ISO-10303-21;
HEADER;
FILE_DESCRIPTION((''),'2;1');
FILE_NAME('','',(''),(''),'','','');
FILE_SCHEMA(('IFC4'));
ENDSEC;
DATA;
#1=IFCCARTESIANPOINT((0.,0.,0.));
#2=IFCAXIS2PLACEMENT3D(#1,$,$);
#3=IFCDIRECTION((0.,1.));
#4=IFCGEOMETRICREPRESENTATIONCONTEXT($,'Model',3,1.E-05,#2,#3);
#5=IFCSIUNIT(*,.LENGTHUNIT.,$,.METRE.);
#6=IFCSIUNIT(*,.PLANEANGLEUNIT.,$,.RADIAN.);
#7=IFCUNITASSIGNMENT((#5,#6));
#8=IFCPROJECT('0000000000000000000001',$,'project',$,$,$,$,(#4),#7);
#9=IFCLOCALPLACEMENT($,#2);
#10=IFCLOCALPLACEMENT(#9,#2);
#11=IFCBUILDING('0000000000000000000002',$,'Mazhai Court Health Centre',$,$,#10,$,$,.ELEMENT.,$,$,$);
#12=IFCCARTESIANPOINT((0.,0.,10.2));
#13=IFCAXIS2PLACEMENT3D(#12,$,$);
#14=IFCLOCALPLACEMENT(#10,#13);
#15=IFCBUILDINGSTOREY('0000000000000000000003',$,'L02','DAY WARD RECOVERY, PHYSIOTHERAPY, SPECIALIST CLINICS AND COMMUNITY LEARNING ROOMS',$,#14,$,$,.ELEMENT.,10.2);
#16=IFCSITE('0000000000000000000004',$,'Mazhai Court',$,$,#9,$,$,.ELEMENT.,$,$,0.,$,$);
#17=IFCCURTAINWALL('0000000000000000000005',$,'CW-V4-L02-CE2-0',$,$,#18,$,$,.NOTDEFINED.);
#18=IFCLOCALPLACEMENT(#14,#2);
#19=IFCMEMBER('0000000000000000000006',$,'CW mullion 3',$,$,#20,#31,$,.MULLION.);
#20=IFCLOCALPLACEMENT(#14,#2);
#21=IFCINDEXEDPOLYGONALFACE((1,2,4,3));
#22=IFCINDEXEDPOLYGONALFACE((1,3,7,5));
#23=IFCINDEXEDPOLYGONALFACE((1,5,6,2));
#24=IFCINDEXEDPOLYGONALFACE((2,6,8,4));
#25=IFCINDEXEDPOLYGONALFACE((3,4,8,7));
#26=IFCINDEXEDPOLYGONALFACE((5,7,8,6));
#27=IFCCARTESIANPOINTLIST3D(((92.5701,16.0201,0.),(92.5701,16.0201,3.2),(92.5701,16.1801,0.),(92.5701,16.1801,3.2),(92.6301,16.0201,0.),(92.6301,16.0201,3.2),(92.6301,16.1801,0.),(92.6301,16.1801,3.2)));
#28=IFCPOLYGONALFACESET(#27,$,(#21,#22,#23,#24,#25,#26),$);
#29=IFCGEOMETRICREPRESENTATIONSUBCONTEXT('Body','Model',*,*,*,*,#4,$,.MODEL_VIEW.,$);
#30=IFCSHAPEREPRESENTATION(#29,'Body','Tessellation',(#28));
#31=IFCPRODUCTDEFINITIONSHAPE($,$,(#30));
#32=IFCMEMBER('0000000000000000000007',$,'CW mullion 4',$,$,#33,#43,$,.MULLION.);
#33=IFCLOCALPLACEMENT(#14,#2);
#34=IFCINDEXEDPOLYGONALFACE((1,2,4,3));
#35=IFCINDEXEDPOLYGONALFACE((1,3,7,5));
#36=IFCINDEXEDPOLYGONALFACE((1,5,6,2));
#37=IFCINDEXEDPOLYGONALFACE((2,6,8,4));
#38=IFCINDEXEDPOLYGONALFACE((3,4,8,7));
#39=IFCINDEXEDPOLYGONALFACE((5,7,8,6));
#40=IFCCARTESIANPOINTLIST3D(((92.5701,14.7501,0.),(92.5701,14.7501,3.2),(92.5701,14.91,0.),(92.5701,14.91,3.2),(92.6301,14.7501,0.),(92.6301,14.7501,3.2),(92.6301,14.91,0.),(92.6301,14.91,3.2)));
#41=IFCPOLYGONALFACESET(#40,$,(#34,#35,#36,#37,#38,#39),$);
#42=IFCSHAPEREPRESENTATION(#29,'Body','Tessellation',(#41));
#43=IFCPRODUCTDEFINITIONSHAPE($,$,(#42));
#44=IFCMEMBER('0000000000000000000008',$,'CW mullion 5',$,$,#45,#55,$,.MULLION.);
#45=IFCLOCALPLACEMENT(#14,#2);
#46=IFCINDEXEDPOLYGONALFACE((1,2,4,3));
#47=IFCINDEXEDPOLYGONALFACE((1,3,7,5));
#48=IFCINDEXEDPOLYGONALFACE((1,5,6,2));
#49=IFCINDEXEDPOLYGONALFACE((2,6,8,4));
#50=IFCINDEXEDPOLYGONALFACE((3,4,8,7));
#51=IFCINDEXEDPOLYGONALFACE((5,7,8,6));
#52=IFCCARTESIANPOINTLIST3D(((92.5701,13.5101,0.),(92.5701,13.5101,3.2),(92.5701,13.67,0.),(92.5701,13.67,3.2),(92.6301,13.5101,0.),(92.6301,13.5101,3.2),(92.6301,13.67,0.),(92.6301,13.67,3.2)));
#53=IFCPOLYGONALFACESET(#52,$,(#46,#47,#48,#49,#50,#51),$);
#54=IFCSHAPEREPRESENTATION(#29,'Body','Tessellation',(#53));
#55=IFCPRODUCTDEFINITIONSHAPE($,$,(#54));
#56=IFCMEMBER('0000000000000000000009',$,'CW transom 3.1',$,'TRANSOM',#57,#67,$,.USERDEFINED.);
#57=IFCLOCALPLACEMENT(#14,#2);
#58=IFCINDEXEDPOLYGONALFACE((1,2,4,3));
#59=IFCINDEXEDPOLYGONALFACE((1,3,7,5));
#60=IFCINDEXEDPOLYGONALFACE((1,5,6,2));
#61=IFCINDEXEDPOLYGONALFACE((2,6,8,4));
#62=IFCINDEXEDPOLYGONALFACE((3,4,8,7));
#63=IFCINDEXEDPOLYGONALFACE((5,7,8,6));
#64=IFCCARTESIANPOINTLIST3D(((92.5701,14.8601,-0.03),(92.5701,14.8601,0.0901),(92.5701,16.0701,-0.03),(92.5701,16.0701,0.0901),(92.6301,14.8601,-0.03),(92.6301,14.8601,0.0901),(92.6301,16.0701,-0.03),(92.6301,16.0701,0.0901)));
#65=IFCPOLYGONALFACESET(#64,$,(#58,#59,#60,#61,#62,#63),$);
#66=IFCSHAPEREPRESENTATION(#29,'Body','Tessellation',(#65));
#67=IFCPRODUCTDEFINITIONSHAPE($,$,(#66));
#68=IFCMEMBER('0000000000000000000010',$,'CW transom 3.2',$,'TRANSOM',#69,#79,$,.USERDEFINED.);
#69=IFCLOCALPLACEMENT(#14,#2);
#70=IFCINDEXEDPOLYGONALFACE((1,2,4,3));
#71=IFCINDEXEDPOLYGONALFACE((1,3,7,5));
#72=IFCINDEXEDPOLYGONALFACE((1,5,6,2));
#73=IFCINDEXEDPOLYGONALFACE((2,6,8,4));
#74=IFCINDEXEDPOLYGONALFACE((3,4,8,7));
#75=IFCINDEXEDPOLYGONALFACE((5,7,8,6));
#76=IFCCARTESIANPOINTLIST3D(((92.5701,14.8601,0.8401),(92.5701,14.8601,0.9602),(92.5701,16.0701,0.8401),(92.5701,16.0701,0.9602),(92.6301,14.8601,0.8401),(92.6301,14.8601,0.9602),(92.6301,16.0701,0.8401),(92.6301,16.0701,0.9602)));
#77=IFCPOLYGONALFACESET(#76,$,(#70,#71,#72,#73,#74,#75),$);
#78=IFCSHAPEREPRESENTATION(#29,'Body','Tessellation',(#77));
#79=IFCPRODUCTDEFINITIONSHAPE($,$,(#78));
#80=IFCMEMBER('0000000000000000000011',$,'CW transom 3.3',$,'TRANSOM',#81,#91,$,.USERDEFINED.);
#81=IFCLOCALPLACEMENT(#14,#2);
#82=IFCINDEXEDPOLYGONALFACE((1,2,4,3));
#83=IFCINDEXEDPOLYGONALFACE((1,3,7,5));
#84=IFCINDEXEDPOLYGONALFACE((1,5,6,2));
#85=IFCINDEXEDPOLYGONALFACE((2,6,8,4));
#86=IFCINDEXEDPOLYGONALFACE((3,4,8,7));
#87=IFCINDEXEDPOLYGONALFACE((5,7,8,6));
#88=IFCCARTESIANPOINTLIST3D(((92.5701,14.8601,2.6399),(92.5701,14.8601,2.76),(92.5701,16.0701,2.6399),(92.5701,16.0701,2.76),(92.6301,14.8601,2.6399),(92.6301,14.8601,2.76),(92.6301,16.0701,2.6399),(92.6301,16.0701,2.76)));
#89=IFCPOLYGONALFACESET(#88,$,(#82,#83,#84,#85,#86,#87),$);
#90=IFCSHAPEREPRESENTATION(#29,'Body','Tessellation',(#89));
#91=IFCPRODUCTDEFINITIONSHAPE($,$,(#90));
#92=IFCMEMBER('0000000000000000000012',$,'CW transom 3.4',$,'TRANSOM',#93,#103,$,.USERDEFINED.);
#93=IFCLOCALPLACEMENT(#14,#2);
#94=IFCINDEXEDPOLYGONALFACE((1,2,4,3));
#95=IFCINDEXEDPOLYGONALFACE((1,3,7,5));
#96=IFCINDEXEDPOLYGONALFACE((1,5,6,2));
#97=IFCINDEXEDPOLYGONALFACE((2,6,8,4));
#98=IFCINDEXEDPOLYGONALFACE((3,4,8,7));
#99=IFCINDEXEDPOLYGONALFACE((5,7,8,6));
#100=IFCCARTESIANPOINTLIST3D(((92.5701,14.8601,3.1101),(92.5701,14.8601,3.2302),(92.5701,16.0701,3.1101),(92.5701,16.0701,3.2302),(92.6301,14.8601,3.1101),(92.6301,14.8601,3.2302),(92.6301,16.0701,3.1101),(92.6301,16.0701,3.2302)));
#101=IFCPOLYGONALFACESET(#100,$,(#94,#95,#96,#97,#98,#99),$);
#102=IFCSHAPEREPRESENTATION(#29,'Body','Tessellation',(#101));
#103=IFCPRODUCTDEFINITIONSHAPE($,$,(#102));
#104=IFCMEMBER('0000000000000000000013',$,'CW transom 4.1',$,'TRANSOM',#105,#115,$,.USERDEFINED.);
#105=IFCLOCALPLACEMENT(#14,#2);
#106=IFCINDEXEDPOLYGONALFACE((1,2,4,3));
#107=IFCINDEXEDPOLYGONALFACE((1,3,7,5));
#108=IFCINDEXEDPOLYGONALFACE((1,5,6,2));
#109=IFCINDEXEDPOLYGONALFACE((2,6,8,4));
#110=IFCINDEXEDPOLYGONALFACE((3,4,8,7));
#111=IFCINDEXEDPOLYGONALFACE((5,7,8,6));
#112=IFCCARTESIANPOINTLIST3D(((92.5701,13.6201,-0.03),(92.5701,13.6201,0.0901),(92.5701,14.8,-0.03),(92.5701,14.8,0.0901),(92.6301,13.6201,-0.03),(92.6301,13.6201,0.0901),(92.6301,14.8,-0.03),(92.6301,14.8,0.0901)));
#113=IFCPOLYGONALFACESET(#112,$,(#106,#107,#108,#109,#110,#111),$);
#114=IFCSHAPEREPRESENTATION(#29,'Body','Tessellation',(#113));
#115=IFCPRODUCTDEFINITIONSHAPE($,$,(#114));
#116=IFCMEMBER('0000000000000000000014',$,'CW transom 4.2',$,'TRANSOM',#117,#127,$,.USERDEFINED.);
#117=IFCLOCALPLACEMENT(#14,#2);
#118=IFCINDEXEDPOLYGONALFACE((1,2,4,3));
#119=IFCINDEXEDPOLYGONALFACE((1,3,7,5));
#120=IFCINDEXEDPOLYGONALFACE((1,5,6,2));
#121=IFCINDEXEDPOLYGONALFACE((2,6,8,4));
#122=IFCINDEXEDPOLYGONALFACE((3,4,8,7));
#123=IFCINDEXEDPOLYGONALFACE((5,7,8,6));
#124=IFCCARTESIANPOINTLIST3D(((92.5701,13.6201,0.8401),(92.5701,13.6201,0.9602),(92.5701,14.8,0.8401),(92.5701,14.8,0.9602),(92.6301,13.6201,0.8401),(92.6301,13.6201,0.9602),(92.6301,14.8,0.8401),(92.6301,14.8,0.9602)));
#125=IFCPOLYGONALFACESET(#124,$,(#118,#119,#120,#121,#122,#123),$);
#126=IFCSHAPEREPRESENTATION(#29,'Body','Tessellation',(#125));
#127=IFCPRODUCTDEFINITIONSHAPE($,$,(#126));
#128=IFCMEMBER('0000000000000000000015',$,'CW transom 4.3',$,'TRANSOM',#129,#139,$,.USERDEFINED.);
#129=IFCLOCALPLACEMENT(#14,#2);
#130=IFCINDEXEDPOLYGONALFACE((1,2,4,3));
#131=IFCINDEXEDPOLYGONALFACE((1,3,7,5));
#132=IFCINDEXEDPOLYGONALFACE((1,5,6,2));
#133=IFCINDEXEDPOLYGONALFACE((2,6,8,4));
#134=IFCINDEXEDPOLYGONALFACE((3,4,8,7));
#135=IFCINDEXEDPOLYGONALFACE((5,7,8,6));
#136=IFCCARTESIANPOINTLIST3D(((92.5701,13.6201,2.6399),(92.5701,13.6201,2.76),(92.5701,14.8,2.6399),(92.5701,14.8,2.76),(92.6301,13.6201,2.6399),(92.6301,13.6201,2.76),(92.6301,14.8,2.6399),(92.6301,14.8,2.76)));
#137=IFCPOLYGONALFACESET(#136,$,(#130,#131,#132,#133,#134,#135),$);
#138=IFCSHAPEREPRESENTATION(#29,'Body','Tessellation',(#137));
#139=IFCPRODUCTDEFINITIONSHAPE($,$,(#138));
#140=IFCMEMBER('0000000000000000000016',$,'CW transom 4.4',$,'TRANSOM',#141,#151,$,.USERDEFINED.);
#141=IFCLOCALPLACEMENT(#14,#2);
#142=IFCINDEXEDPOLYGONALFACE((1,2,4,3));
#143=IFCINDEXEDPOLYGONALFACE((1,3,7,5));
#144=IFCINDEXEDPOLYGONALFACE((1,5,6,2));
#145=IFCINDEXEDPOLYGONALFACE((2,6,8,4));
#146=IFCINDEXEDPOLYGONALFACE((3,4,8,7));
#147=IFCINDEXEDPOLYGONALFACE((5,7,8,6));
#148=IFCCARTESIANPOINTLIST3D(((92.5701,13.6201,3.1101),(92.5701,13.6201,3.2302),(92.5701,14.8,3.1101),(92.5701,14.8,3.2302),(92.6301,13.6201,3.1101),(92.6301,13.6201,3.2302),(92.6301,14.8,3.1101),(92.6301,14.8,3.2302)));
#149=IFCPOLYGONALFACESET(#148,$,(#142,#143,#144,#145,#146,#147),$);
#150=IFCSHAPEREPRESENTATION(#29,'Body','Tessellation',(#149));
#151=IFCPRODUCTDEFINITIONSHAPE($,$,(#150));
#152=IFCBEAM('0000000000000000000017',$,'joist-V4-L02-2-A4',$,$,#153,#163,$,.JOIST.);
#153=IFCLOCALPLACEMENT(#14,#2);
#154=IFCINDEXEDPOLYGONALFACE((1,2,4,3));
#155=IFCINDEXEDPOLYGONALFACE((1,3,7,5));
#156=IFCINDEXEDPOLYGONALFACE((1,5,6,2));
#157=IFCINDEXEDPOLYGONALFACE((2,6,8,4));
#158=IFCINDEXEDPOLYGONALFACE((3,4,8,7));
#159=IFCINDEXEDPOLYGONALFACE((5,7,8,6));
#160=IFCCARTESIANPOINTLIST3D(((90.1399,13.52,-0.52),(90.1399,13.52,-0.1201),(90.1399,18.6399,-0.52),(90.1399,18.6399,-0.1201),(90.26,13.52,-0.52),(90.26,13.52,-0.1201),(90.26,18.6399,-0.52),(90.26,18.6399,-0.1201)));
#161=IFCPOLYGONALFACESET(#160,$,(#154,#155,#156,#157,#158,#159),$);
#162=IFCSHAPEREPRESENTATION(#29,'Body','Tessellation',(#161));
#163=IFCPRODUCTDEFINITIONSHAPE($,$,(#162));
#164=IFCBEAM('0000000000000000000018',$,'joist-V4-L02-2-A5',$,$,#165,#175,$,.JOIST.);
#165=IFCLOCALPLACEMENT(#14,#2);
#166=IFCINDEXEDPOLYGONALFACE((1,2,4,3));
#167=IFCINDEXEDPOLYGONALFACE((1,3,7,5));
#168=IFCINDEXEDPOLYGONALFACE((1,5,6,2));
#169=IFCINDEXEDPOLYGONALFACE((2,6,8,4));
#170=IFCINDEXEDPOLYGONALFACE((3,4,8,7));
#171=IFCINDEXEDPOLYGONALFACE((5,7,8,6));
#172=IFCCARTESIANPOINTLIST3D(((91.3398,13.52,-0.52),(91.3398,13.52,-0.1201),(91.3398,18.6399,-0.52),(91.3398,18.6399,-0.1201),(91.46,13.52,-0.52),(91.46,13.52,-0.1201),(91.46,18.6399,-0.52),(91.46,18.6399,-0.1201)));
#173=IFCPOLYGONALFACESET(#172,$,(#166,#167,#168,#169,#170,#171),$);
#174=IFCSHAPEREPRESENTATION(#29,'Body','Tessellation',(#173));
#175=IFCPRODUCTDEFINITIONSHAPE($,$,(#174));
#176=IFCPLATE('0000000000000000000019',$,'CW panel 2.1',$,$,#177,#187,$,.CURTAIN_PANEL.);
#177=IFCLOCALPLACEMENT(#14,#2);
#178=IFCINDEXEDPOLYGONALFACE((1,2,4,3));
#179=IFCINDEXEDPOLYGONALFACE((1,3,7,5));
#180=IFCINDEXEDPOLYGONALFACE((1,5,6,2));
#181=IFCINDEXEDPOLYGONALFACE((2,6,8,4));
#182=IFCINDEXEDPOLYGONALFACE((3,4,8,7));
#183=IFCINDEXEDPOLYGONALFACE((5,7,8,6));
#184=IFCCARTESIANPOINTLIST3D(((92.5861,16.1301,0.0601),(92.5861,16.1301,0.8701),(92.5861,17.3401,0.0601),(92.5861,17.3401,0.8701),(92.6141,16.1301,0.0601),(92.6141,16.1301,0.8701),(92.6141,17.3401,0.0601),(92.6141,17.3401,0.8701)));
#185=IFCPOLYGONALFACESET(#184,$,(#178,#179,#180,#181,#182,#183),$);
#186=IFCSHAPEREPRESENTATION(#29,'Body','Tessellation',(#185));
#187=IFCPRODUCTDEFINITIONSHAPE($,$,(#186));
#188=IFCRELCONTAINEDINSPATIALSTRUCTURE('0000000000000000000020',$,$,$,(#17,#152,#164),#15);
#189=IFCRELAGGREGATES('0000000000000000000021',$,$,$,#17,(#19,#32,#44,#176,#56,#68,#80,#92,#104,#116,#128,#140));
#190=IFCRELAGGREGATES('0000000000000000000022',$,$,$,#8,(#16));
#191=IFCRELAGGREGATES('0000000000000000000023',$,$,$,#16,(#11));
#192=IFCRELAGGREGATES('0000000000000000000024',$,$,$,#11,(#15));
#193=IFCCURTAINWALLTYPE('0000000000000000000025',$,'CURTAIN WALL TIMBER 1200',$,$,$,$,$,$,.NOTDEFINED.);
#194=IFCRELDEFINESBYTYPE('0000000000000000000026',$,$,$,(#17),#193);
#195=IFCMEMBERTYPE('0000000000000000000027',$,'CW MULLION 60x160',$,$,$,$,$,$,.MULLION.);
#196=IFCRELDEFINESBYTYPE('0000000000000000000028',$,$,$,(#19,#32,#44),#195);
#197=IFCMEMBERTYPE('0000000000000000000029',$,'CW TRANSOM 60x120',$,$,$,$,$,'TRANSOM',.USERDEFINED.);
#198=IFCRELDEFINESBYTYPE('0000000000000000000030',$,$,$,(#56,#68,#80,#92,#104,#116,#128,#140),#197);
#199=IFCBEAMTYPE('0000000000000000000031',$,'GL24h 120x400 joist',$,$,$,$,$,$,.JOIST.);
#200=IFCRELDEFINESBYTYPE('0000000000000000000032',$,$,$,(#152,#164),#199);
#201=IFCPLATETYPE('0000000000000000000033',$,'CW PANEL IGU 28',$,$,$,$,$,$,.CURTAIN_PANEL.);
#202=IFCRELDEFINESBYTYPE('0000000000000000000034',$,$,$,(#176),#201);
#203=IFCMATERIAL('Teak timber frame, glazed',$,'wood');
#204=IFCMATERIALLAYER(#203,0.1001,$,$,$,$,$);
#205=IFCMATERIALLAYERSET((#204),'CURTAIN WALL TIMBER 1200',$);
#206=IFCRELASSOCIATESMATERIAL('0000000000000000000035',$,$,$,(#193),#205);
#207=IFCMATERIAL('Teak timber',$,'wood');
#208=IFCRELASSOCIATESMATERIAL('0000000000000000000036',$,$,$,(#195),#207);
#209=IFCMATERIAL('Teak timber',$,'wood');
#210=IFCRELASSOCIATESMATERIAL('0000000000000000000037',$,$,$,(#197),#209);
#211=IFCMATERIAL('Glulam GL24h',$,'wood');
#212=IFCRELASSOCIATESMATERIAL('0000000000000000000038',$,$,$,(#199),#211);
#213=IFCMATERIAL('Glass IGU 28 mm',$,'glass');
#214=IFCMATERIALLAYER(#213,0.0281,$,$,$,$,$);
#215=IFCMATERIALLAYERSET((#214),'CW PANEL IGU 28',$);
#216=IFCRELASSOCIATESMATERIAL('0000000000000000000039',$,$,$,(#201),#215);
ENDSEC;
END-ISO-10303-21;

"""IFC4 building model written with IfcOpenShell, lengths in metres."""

from ifc_helpers import new_model, si_unit, direction, frame, origin, origin_2d, place, context, subcontext, project, spatial, rectangle, extrude, material, layer, layer_set, material_profile, profile_set, type_object, element, aggregate, save


model = new_model("IFC4")

# Units and contexts
model_context = context("Model", 3, precision=1e-05, world=origin(), true_north=direction((0.0, 1.0)))
body_context = subcontext(model_context, "Body", "Model", "MODEL_VIEW")
ifc_project = project(units=[si_unit("LENGTHUNIT", "METRE"), si_unit("PLANEANGLEUNIT", "RADIAN")], contexts=[model_context])

# Site, building, storey
site_placement = place(None, origin())
site = spatial("IfcSite", under=ifc_project, at=site_placement, Name="Mazhai Court", CompositionType="ELEMENT", RefElevation=0.0)
building_placement = place(site_placement, origin())
building = spatial("IfcBuilding", under=site, at=building_placement, Name="Mazhai Court Health Centre", CompositionType="ELEMENT")
storey_placement = place(building_placement, frame((0.0, 0.0, 10.2)))
storey = spatial("IfcBuildingStorey", under=building, at=storey_placement, Name="L02", Description="DAY WARD RECOVERY, PHYSIOTHERAPY, SPECIALIST CLINICS AND COMMUNITY LEARNING ROOMS", CompositionType="ELEMENT", Elevation=10.2)

# Curtain wall, members
ifc_material_1 = material(Name="Teak timber frame, glazed", Category="wood")
ifc_layer_1 = layer(ifc_material_1, 0.1001)
ifc_layer_set_1 = layer_set([ifc_layer_1], Name="CURTAIN WALL TIMBER 1200")
curtain_wall_type = type_object("IfcCurtainWallType", Name="CURTAIN WALL TIMBER 1200", PredefinedType="NOTDEFINED", material=ifc_layer_set_1)
curtain_wall_placement = place(storey_placement, origin())
curtain_wall = element("IfcCurtainWall", 1, at=curtain_wall_placement, inside=storey, type_object=curtain_wall_type, Name="CW-V4-L02-CE2-0", PredefinedType="NOTDEFINED")
ifc_material_2 = material(Name="Teak timber", Category="wood")
ifc_material_profile_1 = material_profile(ifc_material_2, rectangle(XDim=0.0601, YDim=0.1599, at=origin_2d()), Name="CW MULLION 60x160")
ifc_profile_set_1 = profile_set([ifc_material_profile_1], Name="Teak timber")
member_type_1 = type_object("IfcMemberType", Name="CW MULLION 60x160", PredefinedType="MULLION", material=ifc_profile_set_1)
member_1_placement = place(storey_placement, frame((92.6001, 16.1001, 0.0), z_axis=(0.0, 0.0, 1.0), x_axis=(1.0, 0.0, 0.0)))
member_1 = element("IfcMember", 2, at=member_1_placement, type_object=member_type_1, Name="CW mullion 3", PredefinedType="MULLION", context=body_context, shape_type="SweptSolid", body=[
    extrude(rectangle(XDim=0.0601, YDim=0.1599, at=origin_2d()), origin(), (0.0, 0.0, 1.0), 3.2),
])
member_2_placement = place(storey_placement, frame((92.6001, 14.8301, 0.0), z_axis=(0.0, 0.0, 1.0), x_axis=(1.0, 0.0, 0.0)))
member_2 = element("IfcMember", 3, at=member_2_placement, type_object=member_type_1, Name="CW mullion 4", PredefinedType="MULLION", context=body_context, shape_type="SweptSolid", body=[
    extrude(rectangle(XDim=0.0601, YDim=0.1599, at=origin_2d()), origin(), (0.0, 0.0, 1.0), 3.2),
])
member_3_placement = place(storey_placement, frame((92.6001, 13.5901, 0.0), z_axis=(0.0, 0.0, 1.0), x_axis=(1.0, 0.0, 0.0)))
member_3 = element("IfcMember", 4, at=member_3_placement, type_object=member_type_1, Name="CW mullion 5", PredefinedType="MULLION", context=body_context, shape_type="SweptSolid", body=[
    extrude(rectangle(XDim=0.0601, YDim=0.1599, at=origin_2d()), origin(), (0.0, 0.0, 1.0), 3.2),
])
ifc_material_3 = material(Name="Teak timber", Category="wood")
ifc_material_profile_2 = material_profile(ifc_material_3, rectangle(XDim=0.0601, YDim=0.1201, at=origin_2d()), Name="CW TRANSOM 60x120")
ifc_profile_set_2 = profile_set([ifc_material_profile_2], Name="Teak timber")
member_type_2 = type_object("IfcMemberType", Name="CW TRANSOM 60x120", ElementType="TRANSOM", PredefinedType="USERDEFINED", material=ifc_profile_set_2)
member_4_placement = place(storey_placement, frame((92.6001, 16.0701, 0.03), z_axis=(0.0, -1.0, 0.0), x_axis=(1.0, 0.0, 0.0)))
member_4 = element("IfcMember", 5, at=member_4_placement, type_object=member_type_2, Name="CW transom 3.1", ObjectType="TRANSOM", PredefinedType="USERDEFINED", context=body_context, shape_type="SweptSolid", body=[
    extrude(rectangle(XDim=0.0601, YDim=0.1201, at=origin_2d()), origin(), (0.0, 0.0, 1.0), 1.21),
])
member_5_placement = place(storey_placement, frame((92.6001, 16.0701, 0.9001), z_axis=(0.0, -1.0, 0.0), x_axis=(1.0, 0.0, 0.0)))
member_5 = element("IfcMember", 6, at=member_5_placement, type_object=member_type_2, Name="CW transom 3.2", ObjectType="TRANSOM", PredefinedType="USERDEFINED", context=body_context, shape_type="SweptSolid", body=[
    extrude(rectangle(XDim=0.0601, YDim=0.1201, at=origin_2d()), origin(), (0.0, 0.0, 1.0), 1.21),
])
member_6_placement = place(storey_placement, frame((92.6001, 16.0701, 2.7), z_axis=(0.0, -1.0, 0.0), x_axis=(1.0, 0.0, 0.0)))
member_6 = element("IfcMember", 7, at=member_6_placement, type_object=member_type_2, Name="CW transom 3.3", ObjectType="TRANSOM", PredefinedType="USERDEFINED", context=body_context, shape_type="SweptSolid", body=[
    extrude(rectangle(XDim=0.0601, YDim=0.1201, at=origin_2d()), origin(), (0.0, 0.0, 1.0), 1.21),
])
member_7_placement = place(storey_placement, frame((92.6001, 16.0701, 3.1702), z_axis=(0.0, -1.0, 0.0), x_axis=(1.0, 0.0, 0.0)))
member_7 = element("IfcMember", 8, at=member_7_placement, type_object=member_type_2, Name="CW transom 3.4", ObjectType="TRANSOM", PredefinedType="USERDEFINED", context=body_context, shape_type="SweptSolid", body=[
    extrude(rectangle(XDim=0.0601, YDim=0.1201, at=origin_2d()), origin(), (0.0, 0.0, 1.0), 1.21),
])
member_8_placement = place(storey_placement, frame((92.6001, 14.8, 0.03), z_axis=(0.0, -1.0, 0.0), x_axis=(1.0, 0.0, 0.0)))
member_8 = element("IfcMember", 9, at=member_8_placement, type_object=member_type_2, Name="CW transom 4.1", ObjectType="TRANSOM", PredefinedType="USERDEFINED", context=body_context, shape_type="SweptSolid", body=[
    extrude(rectangle(XDim=0.0601, YDim=0.1201, at=origin_2d()), origin(), (0.0, 0.0, 1.0), 1.1799),
])
member_9_placement = place(storey_placement, frame((92.6001, 14.8, 0.9001), z_axis=(0.0, -1.0, 0.0), x_axis=(1.0, 0.0, 0.0)))
member_9 = element("IfcMember", 10, at=member_9_placement, type_object=member_type_2, Name="CW transom 4.2", ObjectType="TRANSOM", PredefinedType="USERDEFINED", context=body_context, shape_type="SweptSolid", body=[
    extrude(rectangle(XDim=0.0601, YDim=0.1201, at=origin_2d()), origin(), (0.0, 0.0, 1.0), 1.1799),
])
member_10_placement = place(storey_placement, frame((92.6001, 14.8, 2.7), z_axis=(0.0, -1.0, 0.0), x_axis=(1.0, 0.0, 0.0)))
member_10 = element("IfcMember", 11, at=member_10_placement, type_object=member_type_2, Name="CW transom 4.3", ObjectType="TRANSOM", PredefinedType="USERDEFINED", context=body_context, shape_type="SweptSolid", body=[
    extrude(rectangle(XDim=0.0601, YDim=0.1201, at=origin_2d()), origin(), (0.0, 0.0, 1.0), 1.1799),
])
member_11_placement = place(storey_placement, frame((92.6001, 14.8, 3.1702), z_axis=(0.0, -1.0, 0.0), x_axis=(1.0, 0.0, 0.0)))
member_11 = element("IfcMember", 12, at=member_11_placement, type_object=member_type_2, Name="CW transom 4.4", ObjectType="TRANSOM", PredefinedType="USERDEFINED", context=body_context, shape_type="SweptSolid", body=[
    extrude(rectangle(XDim=0.0601, YDim=0.1201, at=origin_2d()), origin(), (0.0, 0.0, 1.0), 1.1799),
])

# Beams
ifc_material_4 = material(Name="Glulam GL24h", Category="wood")
ifc_material_profile_3 = material_profile(ifc_material_4, rectangle(XDim=0.1201, YDim=0.3999, at=origin_2d()), Name="GL24h 120x400")
ifc_profile_set_3 = profile_set([ifc_material_profile_3], Name="Glulam GL24h")
beam_type = type_object("IfcBeamType", Name="GL24h 120x400 joist", PredefinedType="JOIST", material=ifc_profile_set_3)
for number, where, z_axis, x_axis, name in (
    (13, (90.2, 13.52, -0.3201), (0.0, 1.0, 0.0), (-1.0, 0.0, 0.0), "joist-V4-L02-2-A4"),
    (14, (91.3999, 13.52, -0.3201), (0.0, 1.0, 0.0), (-1.0, 0.0, 0.0), "joist-V4-L02-2-A5"),
):
    element("IfcBeam", number, at=place(storey_placement, frame(where, z_axis=z_axis, x_axis=x_axis)), inside=storey, type_object=beam_type, Name=name, PredefinedType="JOIST", context=body_context, shape_type="SweptSolid", body=[
        extrude(rectangle(XDim=0.1201, YDim=0.3999, at=origin_2d()), origin(), (0.0, 0.0, 1.0), 5.1199),
    ])

# Plate
ifc_material_5 = material(Name="Glass IGU 28 mm", Category="glass")
ifc_layer_2 = layer(ifc_material_5, 0.0281)
ifc_layer_set_2 = layer_set([ifc_layer_2], Name="CW PANEL IGU 28")
plate_type = type_object("IfcPlateType", Name="CW PANEL IGU 28", PredefinedType="CURTAIN_PANEL", material=ifc_layer_set_2)
plate_1_placement = place(storey_placement, frame((92.6001, 16.7351, 0.0601), z_axis=(0.0, 0.0, 1.0), x_axis=(0.0, -1.0, 0.0)))
plate_1 = element("IfcPlate", 15, at=plate_1_placement, type_object=plate_type, Name="CW panel 2.1", PredefinedType="CURTAIN_PANEL", context=body_context, shape_type="SweptSolid", body=[
    extrude(rectangle(XDim=1.21, YDim=0.0281, at=origin_2d()), origin(), (0.0, 0.0, 1.0), 0.8101),
])
aggregate(curtain_wall, [member_1, member_2, member_3, plate_1, member_4, member_5, member_6, member_7, member_8, member_9, member_10, member_11])

save(model, "model.ifc")
